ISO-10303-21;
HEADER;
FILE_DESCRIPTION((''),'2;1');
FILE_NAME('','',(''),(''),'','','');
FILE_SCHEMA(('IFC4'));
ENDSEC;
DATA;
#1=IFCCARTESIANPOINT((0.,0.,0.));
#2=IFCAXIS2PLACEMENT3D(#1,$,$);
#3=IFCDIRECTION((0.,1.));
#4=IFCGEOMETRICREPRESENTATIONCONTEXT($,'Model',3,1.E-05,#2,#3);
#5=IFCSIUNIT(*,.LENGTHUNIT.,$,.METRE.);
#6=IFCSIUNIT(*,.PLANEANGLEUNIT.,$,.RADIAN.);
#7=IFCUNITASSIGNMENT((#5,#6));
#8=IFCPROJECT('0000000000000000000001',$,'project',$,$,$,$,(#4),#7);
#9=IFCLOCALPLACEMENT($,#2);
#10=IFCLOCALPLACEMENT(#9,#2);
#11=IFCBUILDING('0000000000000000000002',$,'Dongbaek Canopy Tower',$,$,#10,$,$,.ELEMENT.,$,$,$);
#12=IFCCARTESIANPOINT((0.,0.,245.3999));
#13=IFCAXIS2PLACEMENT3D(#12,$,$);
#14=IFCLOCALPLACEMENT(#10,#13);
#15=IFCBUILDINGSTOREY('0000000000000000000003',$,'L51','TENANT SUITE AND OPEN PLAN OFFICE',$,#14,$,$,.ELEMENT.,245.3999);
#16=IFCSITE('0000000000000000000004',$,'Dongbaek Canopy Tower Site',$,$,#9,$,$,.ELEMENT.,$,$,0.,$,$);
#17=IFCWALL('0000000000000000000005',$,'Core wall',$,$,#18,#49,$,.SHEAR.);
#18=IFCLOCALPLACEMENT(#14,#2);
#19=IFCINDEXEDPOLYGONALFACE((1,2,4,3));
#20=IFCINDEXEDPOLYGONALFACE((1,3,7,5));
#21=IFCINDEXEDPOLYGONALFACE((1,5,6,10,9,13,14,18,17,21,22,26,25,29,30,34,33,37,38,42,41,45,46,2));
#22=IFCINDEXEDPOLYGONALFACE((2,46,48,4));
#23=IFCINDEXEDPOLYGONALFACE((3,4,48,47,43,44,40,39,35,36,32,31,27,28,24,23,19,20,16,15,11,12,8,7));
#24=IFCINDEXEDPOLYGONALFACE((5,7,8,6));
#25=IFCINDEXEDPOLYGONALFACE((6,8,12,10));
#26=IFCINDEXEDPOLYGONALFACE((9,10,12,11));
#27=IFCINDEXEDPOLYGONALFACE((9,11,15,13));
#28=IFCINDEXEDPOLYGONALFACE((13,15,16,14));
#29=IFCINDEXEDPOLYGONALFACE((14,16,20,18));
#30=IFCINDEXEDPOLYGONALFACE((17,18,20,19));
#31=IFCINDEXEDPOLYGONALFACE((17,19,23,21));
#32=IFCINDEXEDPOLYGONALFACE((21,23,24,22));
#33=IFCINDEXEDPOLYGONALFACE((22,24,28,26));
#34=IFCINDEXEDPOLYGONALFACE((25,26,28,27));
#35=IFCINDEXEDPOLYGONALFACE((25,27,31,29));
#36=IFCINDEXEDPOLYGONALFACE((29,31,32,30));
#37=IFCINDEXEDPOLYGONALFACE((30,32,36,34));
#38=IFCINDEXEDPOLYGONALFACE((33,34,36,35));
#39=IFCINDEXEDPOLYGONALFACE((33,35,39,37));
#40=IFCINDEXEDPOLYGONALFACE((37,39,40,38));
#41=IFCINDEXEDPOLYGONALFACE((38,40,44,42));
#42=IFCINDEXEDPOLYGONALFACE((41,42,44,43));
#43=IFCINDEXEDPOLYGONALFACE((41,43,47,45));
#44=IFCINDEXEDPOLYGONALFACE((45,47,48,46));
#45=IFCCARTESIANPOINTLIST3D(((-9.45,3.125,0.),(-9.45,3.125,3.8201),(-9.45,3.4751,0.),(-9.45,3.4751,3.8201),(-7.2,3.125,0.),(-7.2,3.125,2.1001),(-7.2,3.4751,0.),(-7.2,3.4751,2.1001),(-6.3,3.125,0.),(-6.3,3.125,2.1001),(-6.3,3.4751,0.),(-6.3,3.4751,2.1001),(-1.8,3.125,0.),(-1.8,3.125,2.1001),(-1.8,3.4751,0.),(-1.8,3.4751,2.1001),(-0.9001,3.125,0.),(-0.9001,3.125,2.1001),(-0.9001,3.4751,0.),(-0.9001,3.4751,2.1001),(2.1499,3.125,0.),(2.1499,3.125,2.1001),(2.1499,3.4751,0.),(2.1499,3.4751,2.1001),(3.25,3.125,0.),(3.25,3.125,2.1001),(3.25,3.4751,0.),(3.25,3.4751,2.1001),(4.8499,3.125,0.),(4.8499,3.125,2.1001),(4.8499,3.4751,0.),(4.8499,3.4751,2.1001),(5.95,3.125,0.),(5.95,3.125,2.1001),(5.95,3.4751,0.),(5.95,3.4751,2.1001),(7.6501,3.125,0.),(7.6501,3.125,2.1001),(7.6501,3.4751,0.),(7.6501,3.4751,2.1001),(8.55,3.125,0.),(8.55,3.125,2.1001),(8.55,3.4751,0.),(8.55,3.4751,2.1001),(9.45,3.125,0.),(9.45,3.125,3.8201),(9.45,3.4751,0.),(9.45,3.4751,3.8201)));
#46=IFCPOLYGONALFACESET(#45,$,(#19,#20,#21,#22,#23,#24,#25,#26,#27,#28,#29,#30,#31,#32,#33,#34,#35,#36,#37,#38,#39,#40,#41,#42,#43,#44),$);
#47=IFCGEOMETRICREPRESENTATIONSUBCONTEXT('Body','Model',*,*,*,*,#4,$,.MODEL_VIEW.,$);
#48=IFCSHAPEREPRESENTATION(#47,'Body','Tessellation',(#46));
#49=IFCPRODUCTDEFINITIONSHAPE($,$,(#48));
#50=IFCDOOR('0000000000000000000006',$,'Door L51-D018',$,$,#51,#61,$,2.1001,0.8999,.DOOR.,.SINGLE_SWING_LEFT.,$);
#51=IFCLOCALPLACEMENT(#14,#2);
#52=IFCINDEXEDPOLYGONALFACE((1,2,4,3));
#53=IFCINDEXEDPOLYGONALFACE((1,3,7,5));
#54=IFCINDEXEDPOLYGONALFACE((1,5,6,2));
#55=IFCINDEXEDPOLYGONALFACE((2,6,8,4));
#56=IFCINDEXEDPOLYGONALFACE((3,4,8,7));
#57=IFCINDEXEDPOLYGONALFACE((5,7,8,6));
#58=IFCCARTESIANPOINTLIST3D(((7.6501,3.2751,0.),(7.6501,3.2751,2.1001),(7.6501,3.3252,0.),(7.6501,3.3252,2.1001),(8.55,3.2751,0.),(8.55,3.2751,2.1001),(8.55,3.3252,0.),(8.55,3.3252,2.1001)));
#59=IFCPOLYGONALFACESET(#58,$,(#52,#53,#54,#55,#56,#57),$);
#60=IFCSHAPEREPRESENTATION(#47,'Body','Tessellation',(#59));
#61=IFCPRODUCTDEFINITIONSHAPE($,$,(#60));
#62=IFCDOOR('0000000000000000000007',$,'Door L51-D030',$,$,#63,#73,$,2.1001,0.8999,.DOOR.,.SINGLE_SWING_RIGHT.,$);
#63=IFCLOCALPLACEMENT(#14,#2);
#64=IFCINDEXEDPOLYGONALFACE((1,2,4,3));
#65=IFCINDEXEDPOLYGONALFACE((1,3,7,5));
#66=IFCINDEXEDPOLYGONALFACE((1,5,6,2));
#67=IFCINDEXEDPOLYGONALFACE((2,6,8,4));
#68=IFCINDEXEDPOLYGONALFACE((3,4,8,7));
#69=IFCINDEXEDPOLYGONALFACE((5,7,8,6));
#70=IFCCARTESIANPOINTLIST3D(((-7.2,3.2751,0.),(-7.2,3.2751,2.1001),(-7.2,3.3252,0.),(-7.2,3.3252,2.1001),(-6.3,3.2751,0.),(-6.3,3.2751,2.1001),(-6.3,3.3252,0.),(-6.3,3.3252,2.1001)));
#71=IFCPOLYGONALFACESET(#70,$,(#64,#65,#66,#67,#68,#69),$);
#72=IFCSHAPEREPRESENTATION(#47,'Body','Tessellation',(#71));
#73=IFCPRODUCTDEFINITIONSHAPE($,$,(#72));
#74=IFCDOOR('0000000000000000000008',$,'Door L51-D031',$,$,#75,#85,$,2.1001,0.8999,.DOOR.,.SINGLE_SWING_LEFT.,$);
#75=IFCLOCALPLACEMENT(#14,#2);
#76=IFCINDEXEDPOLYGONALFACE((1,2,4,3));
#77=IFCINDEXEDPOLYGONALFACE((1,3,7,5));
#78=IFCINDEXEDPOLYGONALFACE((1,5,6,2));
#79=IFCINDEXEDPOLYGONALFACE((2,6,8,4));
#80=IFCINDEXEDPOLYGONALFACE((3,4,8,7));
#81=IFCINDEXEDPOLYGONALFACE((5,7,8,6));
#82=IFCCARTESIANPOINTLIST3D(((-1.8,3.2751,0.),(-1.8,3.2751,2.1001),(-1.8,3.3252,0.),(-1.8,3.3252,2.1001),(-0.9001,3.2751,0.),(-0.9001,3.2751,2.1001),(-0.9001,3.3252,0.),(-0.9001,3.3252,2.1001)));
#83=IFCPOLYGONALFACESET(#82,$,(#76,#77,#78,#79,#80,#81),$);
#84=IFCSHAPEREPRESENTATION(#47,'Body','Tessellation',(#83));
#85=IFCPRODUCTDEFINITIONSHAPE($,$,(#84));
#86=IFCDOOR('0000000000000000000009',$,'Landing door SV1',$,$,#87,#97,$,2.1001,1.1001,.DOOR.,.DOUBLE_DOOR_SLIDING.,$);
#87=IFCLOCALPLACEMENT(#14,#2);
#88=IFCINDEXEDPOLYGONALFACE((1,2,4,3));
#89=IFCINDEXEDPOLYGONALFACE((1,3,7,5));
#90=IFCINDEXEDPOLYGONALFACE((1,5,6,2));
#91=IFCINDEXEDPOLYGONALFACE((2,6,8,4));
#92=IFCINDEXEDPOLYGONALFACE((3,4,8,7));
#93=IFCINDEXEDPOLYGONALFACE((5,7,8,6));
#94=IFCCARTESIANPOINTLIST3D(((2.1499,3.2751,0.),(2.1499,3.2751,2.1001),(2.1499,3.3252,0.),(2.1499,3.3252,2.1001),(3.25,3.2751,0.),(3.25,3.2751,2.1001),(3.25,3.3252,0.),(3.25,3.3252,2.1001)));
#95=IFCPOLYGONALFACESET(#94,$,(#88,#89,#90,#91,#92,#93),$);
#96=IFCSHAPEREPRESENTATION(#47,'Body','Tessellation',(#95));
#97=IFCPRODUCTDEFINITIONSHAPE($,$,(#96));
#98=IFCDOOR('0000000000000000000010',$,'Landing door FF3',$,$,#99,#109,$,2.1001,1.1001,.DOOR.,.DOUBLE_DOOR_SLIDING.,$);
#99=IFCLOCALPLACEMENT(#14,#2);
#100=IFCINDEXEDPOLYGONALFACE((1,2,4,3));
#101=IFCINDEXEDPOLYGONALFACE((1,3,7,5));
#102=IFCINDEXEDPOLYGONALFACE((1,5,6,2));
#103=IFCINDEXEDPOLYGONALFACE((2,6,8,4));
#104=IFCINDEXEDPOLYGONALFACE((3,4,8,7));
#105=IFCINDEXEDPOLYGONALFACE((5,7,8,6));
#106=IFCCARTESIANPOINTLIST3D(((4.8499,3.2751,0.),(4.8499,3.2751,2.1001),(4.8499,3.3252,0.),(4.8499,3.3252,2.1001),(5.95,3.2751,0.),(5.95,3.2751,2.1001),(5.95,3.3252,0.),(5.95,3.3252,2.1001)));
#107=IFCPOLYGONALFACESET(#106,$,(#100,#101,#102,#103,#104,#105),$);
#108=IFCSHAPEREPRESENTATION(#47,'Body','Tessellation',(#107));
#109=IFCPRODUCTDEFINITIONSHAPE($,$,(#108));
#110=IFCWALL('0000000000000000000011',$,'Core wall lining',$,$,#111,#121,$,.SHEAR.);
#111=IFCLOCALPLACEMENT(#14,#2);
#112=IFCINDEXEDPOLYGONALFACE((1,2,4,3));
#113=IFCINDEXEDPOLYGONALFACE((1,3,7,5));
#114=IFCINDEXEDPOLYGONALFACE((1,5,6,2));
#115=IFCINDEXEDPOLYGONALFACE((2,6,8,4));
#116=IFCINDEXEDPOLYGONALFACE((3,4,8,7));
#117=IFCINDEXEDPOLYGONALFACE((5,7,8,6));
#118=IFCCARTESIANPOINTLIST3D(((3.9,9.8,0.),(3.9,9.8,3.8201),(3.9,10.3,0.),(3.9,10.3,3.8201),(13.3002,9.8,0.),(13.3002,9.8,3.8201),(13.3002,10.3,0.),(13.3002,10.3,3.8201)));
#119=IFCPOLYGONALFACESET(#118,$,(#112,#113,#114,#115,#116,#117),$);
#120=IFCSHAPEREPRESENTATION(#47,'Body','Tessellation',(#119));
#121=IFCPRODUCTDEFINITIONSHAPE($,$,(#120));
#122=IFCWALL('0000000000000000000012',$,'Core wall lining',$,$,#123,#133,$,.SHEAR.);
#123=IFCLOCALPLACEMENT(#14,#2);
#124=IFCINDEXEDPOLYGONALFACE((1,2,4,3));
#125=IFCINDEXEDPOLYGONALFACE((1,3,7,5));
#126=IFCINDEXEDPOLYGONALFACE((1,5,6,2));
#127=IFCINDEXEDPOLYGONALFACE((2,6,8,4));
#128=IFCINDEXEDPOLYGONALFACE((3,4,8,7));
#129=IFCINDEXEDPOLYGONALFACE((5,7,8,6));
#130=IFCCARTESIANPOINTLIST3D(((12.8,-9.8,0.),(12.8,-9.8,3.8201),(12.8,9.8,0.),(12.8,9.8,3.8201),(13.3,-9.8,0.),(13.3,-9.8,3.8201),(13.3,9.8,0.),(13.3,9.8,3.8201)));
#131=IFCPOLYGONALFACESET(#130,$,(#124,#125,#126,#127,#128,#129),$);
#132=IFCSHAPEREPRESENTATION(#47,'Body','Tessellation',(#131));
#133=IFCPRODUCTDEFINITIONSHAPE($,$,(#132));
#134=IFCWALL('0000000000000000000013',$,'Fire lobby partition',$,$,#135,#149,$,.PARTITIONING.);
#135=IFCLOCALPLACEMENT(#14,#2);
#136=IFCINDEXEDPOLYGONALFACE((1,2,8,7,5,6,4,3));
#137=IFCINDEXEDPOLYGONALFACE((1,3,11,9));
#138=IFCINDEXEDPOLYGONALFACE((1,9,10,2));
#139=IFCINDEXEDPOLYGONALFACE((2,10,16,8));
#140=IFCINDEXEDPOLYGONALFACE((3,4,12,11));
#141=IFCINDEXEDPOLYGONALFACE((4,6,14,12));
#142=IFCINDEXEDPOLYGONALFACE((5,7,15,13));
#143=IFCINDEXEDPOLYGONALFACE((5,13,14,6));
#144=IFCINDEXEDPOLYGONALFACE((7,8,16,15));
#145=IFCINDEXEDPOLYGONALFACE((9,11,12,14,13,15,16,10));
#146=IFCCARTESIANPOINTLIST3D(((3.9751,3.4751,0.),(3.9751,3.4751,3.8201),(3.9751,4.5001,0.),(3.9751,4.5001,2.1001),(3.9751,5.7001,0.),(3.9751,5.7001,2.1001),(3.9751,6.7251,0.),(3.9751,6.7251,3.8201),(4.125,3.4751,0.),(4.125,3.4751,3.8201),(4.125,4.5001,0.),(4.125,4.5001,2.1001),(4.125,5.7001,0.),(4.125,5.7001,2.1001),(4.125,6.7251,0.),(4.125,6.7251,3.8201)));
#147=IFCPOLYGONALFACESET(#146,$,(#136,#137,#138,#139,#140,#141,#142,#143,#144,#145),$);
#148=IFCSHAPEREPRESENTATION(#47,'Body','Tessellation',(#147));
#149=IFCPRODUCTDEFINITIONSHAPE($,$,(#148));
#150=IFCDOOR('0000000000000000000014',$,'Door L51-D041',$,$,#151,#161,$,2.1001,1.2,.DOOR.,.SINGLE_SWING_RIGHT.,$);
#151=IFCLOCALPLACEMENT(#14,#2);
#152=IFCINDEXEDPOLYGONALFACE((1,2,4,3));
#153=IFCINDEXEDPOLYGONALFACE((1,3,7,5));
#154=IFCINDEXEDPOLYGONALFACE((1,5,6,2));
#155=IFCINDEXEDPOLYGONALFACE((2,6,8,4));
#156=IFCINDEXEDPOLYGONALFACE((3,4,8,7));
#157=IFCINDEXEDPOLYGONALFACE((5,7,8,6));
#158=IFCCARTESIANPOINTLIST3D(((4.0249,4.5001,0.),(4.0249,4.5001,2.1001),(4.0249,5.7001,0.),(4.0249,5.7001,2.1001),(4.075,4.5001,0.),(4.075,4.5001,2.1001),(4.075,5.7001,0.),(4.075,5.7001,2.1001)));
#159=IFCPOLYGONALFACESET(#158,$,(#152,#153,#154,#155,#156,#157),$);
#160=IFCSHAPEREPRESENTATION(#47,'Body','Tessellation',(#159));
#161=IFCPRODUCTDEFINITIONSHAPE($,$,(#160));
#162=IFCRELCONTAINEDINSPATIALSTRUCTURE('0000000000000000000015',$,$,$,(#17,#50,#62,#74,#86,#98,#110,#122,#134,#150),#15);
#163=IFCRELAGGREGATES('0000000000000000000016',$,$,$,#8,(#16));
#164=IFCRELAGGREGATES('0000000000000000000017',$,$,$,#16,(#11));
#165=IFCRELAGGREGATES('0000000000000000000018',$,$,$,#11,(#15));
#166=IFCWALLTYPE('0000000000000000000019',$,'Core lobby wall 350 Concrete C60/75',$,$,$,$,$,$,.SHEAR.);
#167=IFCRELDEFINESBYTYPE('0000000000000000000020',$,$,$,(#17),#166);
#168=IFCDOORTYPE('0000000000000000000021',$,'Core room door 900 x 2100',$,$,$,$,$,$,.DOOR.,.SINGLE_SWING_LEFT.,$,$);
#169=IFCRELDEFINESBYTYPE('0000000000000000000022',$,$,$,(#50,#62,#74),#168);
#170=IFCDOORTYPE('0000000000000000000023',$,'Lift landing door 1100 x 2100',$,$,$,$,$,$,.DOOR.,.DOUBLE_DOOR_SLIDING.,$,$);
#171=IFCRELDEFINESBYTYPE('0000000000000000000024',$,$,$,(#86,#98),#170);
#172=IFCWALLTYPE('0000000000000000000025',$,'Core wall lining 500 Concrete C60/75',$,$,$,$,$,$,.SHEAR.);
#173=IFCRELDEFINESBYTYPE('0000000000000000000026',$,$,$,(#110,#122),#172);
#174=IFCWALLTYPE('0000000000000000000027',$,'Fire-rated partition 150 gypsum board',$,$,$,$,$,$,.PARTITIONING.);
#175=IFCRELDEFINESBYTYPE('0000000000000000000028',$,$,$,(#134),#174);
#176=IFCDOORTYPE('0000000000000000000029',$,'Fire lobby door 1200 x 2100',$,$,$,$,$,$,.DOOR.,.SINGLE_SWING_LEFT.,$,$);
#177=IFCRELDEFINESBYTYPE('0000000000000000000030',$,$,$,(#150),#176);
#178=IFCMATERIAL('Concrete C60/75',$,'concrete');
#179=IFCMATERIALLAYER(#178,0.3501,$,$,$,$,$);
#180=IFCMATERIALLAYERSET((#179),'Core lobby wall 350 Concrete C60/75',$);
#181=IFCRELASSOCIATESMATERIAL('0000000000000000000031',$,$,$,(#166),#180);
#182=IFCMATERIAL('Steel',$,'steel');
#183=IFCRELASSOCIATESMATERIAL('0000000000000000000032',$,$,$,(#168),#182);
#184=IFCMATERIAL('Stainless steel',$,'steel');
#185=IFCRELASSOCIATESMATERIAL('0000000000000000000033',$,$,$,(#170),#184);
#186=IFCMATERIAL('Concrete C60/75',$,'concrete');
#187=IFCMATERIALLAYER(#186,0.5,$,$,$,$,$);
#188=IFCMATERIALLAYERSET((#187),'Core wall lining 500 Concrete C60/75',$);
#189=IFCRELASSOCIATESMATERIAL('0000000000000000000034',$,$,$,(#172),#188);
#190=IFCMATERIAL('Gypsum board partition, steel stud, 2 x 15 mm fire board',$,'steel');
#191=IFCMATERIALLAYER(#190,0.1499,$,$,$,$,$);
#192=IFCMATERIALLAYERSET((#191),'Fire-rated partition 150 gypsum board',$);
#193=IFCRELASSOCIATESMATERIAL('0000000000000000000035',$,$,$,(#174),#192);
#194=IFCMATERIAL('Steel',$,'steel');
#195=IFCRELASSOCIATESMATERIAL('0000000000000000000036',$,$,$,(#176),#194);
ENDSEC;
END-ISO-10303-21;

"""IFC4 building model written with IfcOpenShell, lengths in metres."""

from ifc_helpers import new_model, si_unit, direction, frame, frame_2d, origin, place, context, subcontext, project, spatial, rectangle, extrude, material, layer, layer_set, type_object, element, fill, save


model = new_model("IFC4")

# Units and contexts
model_context = context("Model", 3, precision=1e-05, world=origin(), true_north=direction((0.0, 1.0)))
body_context = subcontext(model_context, "Body", "Model", "MODEL_VIEW")
ifc_project = project(units=[si_unit("LENGTHUNIT", "METRE"), si_unit("PLANEANGLEUNIT", "RADIAN")], contexts=[model_context])

# Site, building, storey
site_placement = place(None, origin())
site = spatial("IfcSite", under=ifc_project, at=site_placement, Name="Dongbaek Canopy Tower Site", CompositionType="ELEMENT", RefElevation=0.0)
building_placement = place(site_placement, origin())
building = spatial("IfcBuilding", under=site, at=building_placement, Name="Dongbaek Canopy Tower", CompositionType="ELEMENT")
storey_placement = place(building_placement, frame((0.0, 0.0, 245.3999)))
storey = spatial("IfcBuildingStorey", under=building, at=storey_placement, Name="L51", Description="TENANT SUITE AND OPEN PLAN OFFICE", CompositionType="ELEMENT", Elevation=245.3999)

# Wall, openings, doors
ifc_material_1 = material(Name="Concrete C60/75", Category="concrete")
ifc_layer_1 = layer(ifc_material_1, 0.3501)
ifc_layer_set_1 = layer_set([ifc_layer_1], Name="Core lobby wall 350 Concrete C60/75")
wall_type_1 = type_object("IfcWallType", Name="Core lobby wall 350 Concrete C60/75", PredefinedType="SHEAR", material=ifc_layer_set_1)
wall_1_placement = place(storey_placement, frame((9.45, 3.3, 0.0), z_axis=(0.0, 0.0, 1.0), x_axis=(-1.0, 0.0, 0.0)))
wall_1 = element("IfcWall", 1, at=wall_1_placement, inside=storey, type_object=wall_type_1, Name="Core wall", PredefinedType="SHEAR", context=body_context, shape_type="SweptSolid", body=[
    extrude(rectangle(XDim=18.8999, YDim=0.3501, at=frame_2d((9.45, 0.0))), origin(), (0.0, 0.0, 1.0), 3.8201),
])
opening_1_placement = place(wall_1_placement, frame((6.2, 0.0, 0.0)))
opening_1 = element("IfcOpeningElement", 2, at=opening_1_placement, cuts=wall_1, PredefinedType="OPENING", context=body_context, shape_type="SweptSolid", body=[
    extrude(rectangle(XDim=1.1001, YDim=2.1001, at=frame_2d((0.55, 1.05))), frame((0.0, 0.1851, 0.0), z_axis=(0.0, -1.0, 0.0), x_axis=(1.0, 0.0, 0.0)), (0.0, 0.0, 1.0), 0.3701),
])
opening_2_placement = place(wall_1_placement, frame((3.5, 0.0, 0.0)))
opening_2 = element("IfcOpeningElement", 3, at=opening_2_placement, cuts=wall_1, PredefinedType="OPENING", context=body_context, shape_type="SweptSolid", body=[
    extrude(rectangle(XDim=1.1001, YDim=2.1001, at=frame_2d((0.55, 1.05))), frame((0.0, 0.1851, 0.0), z_axis=(0.0, -1.0, 0.0), x_axis=(1.0, 0.0, 0.0)), (0.0, 0.0, 1.0), 0.3701),
])
opening_3_placement = place(wall_1_placement, frame((0.8999, 0.0, 0.0)))
opening_3 = element("IfcOpeningElement", 4, at=opening_3_placement, cuts=wall_1, PredefinedType="OPENING", context=body_context, shape_type="SweptSolid", body=[
    extrude(rectangle(XDim=0.8999, YDim=2.1001, at=frame_2d((0.45, 1.05))), frame((0.0, 0.1851, 0.0), z_axis=(0.0, -1.0, 0.0), x_axis=(1.0, 0.0, 0.0)), (0.0, 0.0, 1.0), 0.3701),
])
opening_4_placement = place(wall_1_placement, frame((15.75, 0.0, 0.0)))
opening_4 = element("IfcOpeningElement", 5, at=opening_4_placement, cuts=wall_1, PredefinedType="OPENING", context=body_context, shape_type="SweptSolid", body=[
    extrude(rectangle(XDim=0.8999, YDim=2.1001, at=frame_2d((0.45, 1.05))), frame((0.0, 0.1851, 0.0), z_axis=(0.0, -1.0, 0.0), x_axis=(1.0, 0.0, 0.0)), (0.0, 0.0, 1.0), 0.3701),
])
opening_5_placement = place(wall_1_placement, frame((10.3501, 0.0, 0.0)))
opening_5 = element("IfcOpeningElement", 6, at=opening_5_placement, cuts=wall_1, PredefinedType="OPENING", context=body_context, shape_type="SweptSolid", body=[
    extrude(rectangle(XDim=0.8999, YDim=2.1001, at=frame_2d((0.45, 1.05))), frame((0.0, 0.1851, 0.0), z_axis=(0.0, -1.0, 0.0), x_axis=(1.0, 0.0, 0.0)), (0.0, 0.0, 1.0), 0.3701),
])
ifc_material_2 = material(Name="Steel", Category="steel")
door_type_1 = type_object("IfcDoorType", Name="Core room door 900 x 2100", OperationType="SINGLE_SWING_LEFT", PredefinedType="DOOR", material=ifc_material_2)
door_1_placement = place(opening_3_placement, origin())
door_1 = element("IfcDoor", 7, at=door_1_placement, inside=storey, type_object=door_type_1, Name="Door L51-D018", OperationType="SINGLE_SWING_LEFT", OverallHeight=2.1001, OverallWidth=0.8999, PredefinedType="DOOR", context=body_context, shape_type="SweptSolid", body=[
    extrude(rectangle(XDim=0.8999, YDim=2.1001, at=frame_2d((0.45, 1.05))), frame((0.0, 0.0249, 0.0), z_axis=(0.0, -1.0, 0.0), x_axis=(1.0, 0.0, 0.0)), (0.0, 0.0, 1.0), 0.05),
])
fill(opening_3, door_1)
door_2_placement = place(opening_4_placement, origin())
door_2 = element("IfcDoor", 8, at=door_2_placement, inside=storey, type_object=door_type_1, Name="Door L51-D030", OperationType="SINGLE_SWING_RIGHT", OverallHeight=2.1001, OverallWidth=0.8999, PredefinedType="DOOR", context=body_context, shape_type="SweptSolid", body=[
    extrude(rectangle(XDim=0.8999, YDim=2.1001, at=frame_2d((0.45, 1.05))), frame((0.0, 0.0249, 0.0), z_axis=(0.0, -1.0, 0.0), x_axis=(1.0, 0.0, 0.0)), (0.0, 0.0, 1.0), 0.05),
])
fill(opening_4, door_2)
door_3_placement = place(opening_5_placement, origin())
door_3 = element("IfcDoor", 9, at=door_3_placement, inside=storey, type_object=door_type_1, Name="Door L51-D031", OperationType="SINGLE_SWING_LEFT", OverallHeight=2.1001, OverallWidth=0.8999, PredefinedType="DOOR", context=body_context, shape_type="SweptSolid", body=[
    extrude(rectangle(XDim=0.8999, YDim=2.1001, at=frame_2d((0.45, 1.05))), frame((0.0, 0.0249, 0.0), z_axis=(0.0, -1.0, 0.0), x_axis=(1.0, 0.0, 0.0)), (0.0, 0.0, 1.0), 0.05),
])
fill(opening_5, door_3)
ifc_material_3 = material(Name="Stainless steel", Category="steel")
door_type_2 = type_object("IfcDoorType", Name="Lift landing door 1100 x 2100", OperationType="DOUBLE_DOOR_SLIDING", PredefinedType="DOOR", material=ifc_material_3)
door_4_placement = place(opening_1_placement, origin())
door_4 = element("IfcDoor", 10, at=door_4_placement, inside=storey, type_object=door_type_2, Name="Landing door SV1", OperationType="DOUBLE_DOOR_SLIDING", OverallHeight=2.1001, OverallWidth=1.1001, PredefinedType="DOOR", context=body_context, shape_type="SweptSolid", body=[
    extrude(rectangle(XDim=1.1001, YDim=2.1001, at=frame_2d((0.55, 1.05))), frame((0.0, 0.0249, 0.0), z_axis=(0.0, -1.0, 0.0), x_axis=(1.0, 0.0, 0.0)), (0.0, 0.0, 1.0), 0.05),
])
fill(opening_1, door_4)
door_5_placement = place(opening_2_placement, origin())
door_5 = element("IfcDoor", 11, at=door_5_placement, inside=storey, type_object=door_type_2, Name="Landing door FF3", OperationType="DOUBLE_DOOR_SLIDING", OverallHeight=2.1001, OverallWidth=1.1001, PredefinedType="DOOR", context=body_context, shape_type="SweptSolid", body=[
    extrude(rectangle(XDim=1.1001, YDim=2.1001, at=frame_2d((0.55, 1.05))), frame((0.0, 0.0249, 0.0), z_axis=(0.0, -1.0, 0.0), x_axis=(1.0, 0.0, 0.0)), (0.0, 0.0, 1.0), 0.05),
])
fill(opening_2, door_5)

# Walls
ifc_material_4 = material(Name="Concrete C60/75", Category="concrete")
ifc_layer_2 = layer(ifc_material_4, 0.5)
ifc_layer_set_2 = layer_set([ifc_layer_2], Name="Core wall lining 500 Concrete C60/75")
wall_type_2 = type_object("IfcWallType", Name="Core wall lining 500 Concrete C60/75", PredefinedType="SHEAR", material=ifc_layer_set_2)
wall_2_placement = place(storey_placement, frame((3.8999, 10.05, 0.0), z_axis=(0.0, 0.0, 1.0), x_axis=(1.0, 0.0, 0.0)))
element("IfcWall", 12, at=wall_2_placement, inside=storey, type_object=wall_type_2, Name="Core wall lining", PredefinedType="SHEAR", context=body_context, shape_type="SweptSolid", body=[
    extrude(rectangle(XDim=9.4001, YDim=0.5, at=frame_2d((4.7002, 0.0))), origin(), (0.0, 0.0, 1.0), 3.8201),
])
wall_3_placement = place(storey_placement, frame((13.05, 9.8, 0.0), z_axis=(0.0, 0.0, 1.0), x_axis=(0.0, -1.0, 0.0)))
element("IfcWall", 13, at=wall_3_placement, inside=storey, type_object=wall_type_2, Name="Core wall lining", PredefinedType="SHEAR", context=body_context, shape_type="SweptSolid", body=[
    extrude(rectangle(XDim=19.6001, YDim=0.5, at=frame_2d((9.8, 0.0))), origin(), (0.0, 0.0, 1.0), 3.8201),
])

# Wall, opening, door
ifc_material_5 = material(Name="Gypsum board partition, steel stud, 2 x 15 mm fire board", Category="steel")
ifc_layer_3 = layer(ifc_material_5, 0.1499)
ifc_layer_set_3 = layer_set([ifc_layer_3], Name="Fire-rated partition 150 gypsum board")
wall_type_3 = type_object("IfcWallType", Name="Fire-rated partition 150 gypsum board", PredefinedType="PARTITIONING", material=ifc_layer_set_3)
wall_4_placement = place(storey_placement, frame((4.05, 6.7251, 0.0), z_axis=(0.0, 0.0, 1.0), x_axis=(0.0, -1.0, 0.0)))
wall_4 = element("IfcWall", 14, at=wall_4_placement, inside=storey, type_object=wall_type_3, Name="Fire lobby partition", PredefinedType="PARTITIONING", context=body_context, shape_type="SweptSolid", body=[
    extrude(rectangle(XDim=3.25, YDim=0.1499, at=frame_2d((1.625, 0.0))), origin(), (0.0, 0.0, 1.0), 3.8201),
])
opening_6_placement = place(wall_4_placement, frame((1.0249, 0.0, 0.0)))
opening_6 = element("IfcOpeningElement", 15, at=opening_6_placement, cuts=wall_4, PredefinedType="OPENING", context=body_context, shape_type="SweptSolid", body=[
    extrude(rectangle(XDim=1.2, YDim=2.1001, at=frame_2d((0.6001, 1.05))), frame((0.0, 0.085, 0.0), z_axis=(0.0, -1.0, 0.0), x_axis=(1.0, 0.0, 0.0)), (0.0, 0.0, 1.0), 0.1699),
])
ifc_material_6 = material(Name="Steel", Category="steel")
door_type_3 = type_object("IfcDoorType", Name="Fire lobby door 1200 x 2100", OperationType="SINGLE_SWING_LEFT", PredefinedType="DOOR", material=ifc_material_6)
door_6_placement = place(opening_6_placement, origin())
door_6 = element("IfcDoor", 16, at=door_6_placement, inside=storey, type_object=door_type_3, Name="Door L51-D041", OperationType="SINGLE_SWING_RIGHT", OverallHeight=2.1001, OverallWidth=1.2, PredefinedType="DOOR", context=body_context, shape_type="SweptSolid", body=[
    extrude(rectangle(XDim=1.2, YDim=2.1001, at=frame_2d((0.6001, 1.05))), frame((0.0, 0.0249, 0.0), z_axis=(0.0, -1.0, 0.0), x_axis=(1.0, 0.0, 0.0)), (0.0, 0.0, 1.0), 0.05),
])
fill(opening_6, door_6)

save(model, "model.ifc")
